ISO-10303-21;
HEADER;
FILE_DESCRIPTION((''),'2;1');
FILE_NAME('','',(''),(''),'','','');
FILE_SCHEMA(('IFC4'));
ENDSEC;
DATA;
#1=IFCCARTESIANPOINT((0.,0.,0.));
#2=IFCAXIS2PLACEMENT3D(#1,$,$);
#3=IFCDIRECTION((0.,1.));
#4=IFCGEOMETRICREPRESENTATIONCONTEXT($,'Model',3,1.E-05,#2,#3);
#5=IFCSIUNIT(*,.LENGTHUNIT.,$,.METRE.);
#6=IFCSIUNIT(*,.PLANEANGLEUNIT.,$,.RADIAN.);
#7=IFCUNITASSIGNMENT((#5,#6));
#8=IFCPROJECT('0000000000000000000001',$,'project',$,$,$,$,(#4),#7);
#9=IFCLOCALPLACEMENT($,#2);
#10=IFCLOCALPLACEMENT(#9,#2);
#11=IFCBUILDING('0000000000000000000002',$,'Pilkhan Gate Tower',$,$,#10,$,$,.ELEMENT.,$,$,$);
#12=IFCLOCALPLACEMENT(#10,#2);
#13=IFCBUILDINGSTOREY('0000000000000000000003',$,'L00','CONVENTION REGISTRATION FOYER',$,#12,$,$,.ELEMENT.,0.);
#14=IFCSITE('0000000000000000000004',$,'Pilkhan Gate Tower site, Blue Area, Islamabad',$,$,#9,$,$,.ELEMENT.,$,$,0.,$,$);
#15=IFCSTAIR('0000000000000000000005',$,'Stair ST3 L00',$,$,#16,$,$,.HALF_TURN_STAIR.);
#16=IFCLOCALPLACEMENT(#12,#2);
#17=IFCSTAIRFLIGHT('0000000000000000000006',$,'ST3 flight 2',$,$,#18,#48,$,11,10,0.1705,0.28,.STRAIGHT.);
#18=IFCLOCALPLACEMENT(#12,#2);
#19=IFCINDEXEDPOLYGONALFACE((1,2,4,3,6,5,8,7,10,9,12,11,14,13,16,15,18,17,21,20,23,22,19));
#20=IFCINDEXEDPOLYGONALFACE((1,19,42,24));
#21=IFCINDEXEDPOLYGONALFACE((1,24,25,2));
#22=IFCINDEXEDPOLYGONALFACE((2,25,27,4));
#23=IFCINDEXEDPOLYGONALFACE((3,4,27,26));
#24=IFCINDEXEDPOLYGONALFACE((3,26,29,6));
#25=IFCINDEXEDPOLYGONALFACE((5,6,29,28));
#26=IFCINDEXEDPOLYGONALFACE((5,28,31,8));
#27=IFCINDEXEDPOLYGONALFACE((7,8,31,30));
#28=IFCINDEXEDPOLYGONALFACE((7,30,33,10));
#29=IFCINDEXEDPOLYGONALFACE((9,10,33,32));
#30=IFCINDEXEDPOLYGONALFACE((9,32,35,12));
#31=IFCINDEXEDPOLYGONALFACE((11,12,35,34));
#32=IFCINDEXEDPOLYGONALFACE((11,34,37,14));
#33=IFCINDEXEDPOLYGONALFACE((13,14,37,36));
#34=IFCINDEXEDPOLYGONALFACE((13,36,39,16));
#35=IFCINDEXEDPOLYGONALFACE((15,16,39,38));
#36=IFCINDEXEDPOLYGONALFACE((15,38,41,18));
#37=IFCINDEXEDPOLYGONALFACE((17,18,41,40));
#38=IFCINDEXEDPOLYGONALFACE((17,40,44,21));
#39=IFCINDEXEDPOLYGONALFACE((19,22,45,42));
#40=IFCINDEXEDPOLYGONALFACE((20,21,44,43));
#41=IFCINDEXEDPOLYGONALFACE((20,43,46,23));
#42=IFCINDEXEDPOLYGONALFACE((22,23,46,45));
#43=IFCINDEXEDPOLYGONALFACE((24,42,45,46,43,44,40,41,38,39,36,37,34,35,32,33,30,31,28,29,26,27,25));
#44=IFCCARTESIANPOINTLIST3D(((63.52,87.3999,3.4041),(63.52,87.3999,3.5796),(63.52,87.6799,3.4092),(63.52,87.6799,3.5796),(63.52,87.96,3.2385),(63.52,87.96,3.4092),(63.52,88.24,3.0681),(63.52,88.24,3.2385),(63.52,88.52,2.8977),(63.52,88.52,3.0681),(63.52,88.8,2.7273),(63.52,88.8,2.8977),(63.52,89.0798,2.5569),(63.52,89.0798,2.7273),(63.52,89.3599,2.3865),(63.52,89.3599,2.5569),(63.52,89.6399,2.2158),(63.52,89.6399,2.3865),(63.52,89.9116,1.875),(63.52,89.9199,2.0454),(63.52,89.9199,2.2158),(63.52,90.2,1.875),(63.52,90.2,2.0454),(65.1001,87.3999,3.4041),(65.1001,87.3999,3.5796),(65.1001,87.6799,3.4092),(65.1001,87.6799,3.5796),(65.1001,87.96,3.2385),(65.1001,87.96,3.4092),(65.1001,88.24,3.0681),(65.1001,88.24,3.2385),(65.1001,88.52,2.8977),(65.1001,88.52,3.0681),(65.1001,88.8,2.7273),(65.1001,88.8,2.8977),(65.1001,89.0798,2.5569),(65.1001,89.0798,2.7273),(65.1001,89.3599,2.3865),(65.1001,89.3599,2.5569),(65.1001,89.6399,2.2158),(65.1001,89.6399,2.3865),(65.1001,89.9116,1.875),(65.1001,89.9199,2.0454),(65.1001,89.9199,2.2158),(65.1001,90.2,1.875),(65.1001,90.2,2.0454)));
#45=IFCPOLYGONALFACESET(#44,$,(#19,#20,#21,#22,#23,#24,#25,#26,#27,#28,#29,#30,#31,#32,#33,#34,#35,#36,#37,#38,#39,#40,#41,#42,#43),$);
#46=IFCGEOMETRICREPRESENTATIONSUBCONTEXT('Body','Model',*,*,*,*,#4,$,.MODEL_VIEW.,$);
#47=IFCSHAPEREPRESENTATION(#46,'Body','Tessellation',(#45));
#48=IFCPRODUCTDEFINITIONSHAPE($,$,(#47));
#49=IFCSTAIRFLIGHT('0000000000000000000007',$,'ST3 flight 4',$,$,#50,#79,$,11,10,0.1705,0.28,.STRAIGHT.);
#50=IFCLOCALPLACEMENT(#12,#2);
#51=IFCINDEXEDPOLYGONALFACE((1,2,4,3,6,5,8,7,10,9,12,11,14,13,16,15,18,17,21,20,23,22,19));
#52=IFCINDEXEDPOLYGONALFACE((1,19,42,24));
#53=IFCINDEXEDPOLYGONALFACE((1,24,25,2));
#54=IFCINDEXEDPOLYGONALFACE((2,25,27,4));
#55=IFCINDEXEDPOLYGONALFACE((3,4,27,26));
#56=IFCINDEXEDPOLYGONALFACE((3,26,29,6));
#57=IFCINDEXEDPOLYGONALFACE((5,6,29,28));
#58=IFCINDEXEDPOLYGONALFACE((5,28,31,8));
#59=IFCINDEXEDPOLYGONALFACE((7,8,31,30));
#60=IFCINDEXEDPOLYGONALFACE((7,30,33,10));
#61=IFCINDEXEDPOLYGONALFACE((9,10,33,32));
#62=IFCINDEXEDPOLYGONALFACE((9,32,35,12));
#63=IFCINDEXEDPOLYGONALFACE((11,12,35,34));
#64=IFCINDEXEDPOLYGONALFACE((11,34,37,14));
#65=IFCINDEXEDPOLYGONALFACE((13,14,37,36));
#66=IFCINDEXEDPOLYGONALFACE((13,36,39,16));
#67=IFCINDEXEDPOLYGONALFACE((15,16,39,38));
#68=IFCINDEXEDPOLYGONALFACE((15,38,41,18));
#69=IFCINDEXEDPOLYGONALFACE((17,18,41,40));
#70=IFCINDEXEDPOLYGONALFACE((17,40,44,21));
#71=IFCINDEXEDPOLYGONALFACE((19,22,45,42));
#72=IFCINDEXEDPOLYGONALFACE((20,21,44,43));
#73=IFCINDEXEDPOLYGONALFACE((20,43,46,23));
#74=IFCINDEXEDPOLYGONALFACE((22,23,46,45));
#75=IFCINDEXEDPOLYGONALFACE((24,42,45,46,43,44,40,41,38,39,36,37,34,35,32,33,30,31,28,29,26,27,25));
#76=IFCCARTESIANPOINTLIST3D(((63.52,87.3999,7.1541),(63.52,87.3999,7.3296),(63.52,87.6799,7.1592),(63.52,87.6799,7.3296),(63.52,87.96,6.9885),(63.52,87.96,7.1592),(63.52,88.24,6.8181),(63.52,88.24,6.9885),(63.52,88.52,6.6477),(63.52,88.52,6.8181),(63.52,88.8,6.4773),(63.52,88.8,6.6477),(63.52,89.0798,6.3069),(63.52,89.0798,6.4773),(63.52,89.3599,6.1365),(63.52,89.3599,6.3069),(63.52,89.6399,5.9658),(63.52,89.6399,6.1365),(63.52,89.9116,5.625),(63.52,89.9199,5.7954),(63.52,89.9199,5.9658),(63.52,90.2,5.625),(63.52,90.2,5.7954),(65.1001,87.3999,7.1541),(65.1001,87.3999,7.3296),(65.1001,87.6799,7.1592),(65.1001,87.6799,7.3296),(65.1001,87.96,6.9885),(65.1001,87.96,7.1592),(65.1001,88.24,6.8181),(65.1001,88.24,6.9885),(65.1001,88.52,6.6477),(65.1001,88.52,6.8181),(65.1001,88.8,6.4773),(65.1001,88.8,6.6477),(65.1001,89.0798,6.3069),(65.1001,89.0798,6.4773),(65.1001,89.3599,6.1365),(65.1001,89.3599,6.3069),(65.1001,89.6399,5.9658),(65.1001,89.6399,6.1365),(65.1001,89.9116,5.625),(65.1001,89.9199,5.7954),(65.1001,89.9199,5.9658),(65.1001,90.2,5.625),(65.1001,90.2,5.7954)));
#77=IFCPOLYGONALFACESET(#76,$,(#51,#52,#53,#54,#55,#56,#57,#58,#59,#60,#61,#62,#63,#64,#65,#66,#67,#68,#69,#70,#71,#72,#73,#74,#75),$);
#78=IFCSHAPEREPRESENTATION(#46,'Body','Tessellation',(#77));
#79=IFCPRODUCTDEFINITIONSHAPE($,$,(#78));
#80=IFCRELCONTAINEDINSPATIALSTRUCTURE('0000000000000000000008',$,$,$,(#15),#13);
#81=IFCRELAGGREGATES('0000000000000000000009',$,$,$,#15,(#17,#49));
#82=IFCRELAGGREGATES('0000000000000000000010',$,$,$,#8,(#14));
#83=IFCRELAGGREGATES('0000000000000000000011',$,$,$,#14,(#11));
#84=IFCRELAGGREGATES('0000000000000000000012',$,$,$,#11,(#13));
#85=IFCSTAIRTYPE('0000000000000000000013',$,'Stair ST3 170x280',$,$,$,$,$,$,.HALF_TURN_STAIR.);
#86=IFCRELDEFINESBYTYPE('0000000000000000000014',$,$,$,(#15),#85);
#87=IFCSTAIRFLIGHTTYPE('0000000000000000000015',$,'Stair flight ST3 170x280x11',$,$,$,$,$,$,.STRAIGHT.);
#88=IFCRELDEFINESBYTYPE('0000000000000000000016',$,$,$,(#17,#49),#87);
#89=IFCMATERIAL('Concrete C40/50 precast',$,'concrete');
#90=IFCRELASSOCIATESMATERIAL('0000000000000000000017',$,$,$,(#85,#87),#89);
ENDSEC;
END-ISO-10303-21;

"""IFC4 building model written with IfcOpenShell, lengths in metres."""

from ifc_helpers import new_model, si_unit, direction, frame, origin, place, context, subcontext, project, spatial, polyline, outline, extrude, material, type_object, element, aggregate, save


model = new_model("IFC4")

# Units and contexts
model_context = context("Model", 3, precision=1e-05, world=origin(), true_north=direction((0.0, 1.0)))
body_context = subcontext(model_context, "Body", "Model", "MODEL_VIEW")
ifc_project = project(units=[si_unit("LENGTHUNIT", "METRE"), si_unit("PLANEANGLEUNIT", "RADIAN")], contexts=[model_context])

# Site, building, storey
site_placement = place(None, origin())
site = spatial("IfcSite", under=ifc_project, at=site_placement, Name="Pilkhan Gate Tower site, Blue Area, Islamabad", CompositionType="ELEMENT", RefElevation=0.0)
building_placement = place(site_placement, origin())
building = spatial("IfcBuilding", under=site, at=building_placement, Name="Pilkhan Gate Tower", CompositionType="ELEMENT")
storey_placement = place(building_placement, origin())
storey = spatial("IfcBuildingStorey", under=building, at=storey_placement, Name="L00", Description="CONVENTION REGISTRATION FOYER", CompositionType="ELEMENT", Elevation=0.0)

# Stair, stair flights
ifc_material_1 = material(Name="Concrete C40/50 precast", Category="concrete")
stair_type = type_object("IfcStairType", Name="Stair ST3 170x280", PredefinedType="HALF_TURN_STAIR", material=ifc_material_1)
stair_placement = place(storey_placement, origin())
stair = element("IfcStair", 1, at=stair_placement, inside=storey, type_object=stair_type, Name="Stair ST3 L00", PredefinedType="HALF_TURN_STAIR")
stair_flight_type = type_object("IfcStairFlightType", Name="Stair flight ST3 170x280x11", PredefinedType="STRAIGHT", material=ifc_material_1)
stair_flight_1_placement = place(storey_placement, frame((64.3101, 90.2, 1.875), z_axis=(0.0, 0.0, 1.0), x_axis=(0.0, -1.0, 0.0)))
stair_flight_1 = element("IfcStairFlight", 2, at=stair_flight_1_placement, type_object=stair_flight_type, Name="ST3 flight 2", NumberOfRisers=11, NumberOfTreads=10, PredefinedType="STRAIGHT", RiserHeight=0.1705, TreadLength=0.28, context=body_context, shape_type="SweptSolid", body=[
    extrude(outline(polyline([(0.0, 0.0), (0.0, 0.1704), (0.28, 0.1704), (0.28, 0.3408), (0.5601, 0.3408), (0.5601, 0.5115), (0.8401, 0.5115), (0.8401, 0.6819), (1.1201, 0.6819), (1.1201, 0.8523), (1.3999, 0.8523), (1.3999, 1.0227), (1.6799, 1.0227), (1.6799, 1.1931), (1.96, 1.1931), (1.96, 1.3635), (2.24, 1.3635), (2.24, 1.5342), (2.52, 1.5342), (2.52, 1.7046), (2.8, 1.7046), (2.8, 1.875), (2.8, 1.5291), (0.2883, 0.0), (0.0, 0.0)])), frame((0.0, 0.79, 0.0), z_axis=(0.0, -1.0, 0.0), x_axis=(1.0, 0.0, 0.0)), (0.0, 0.0, 1.0), 1.5801),
])
stair_flight_2_placement = place(storey_placement, frame((64.3101, 90.2, 5.625), z_axis=(0.0, 0.0, 1.0), x_axis=(0.0, -1.0, 0.0)))
stair_flight_2 = element("IfcStairFlight", 3, at=stair_flight_2_placement, type_object=stair_flight_type, Name="ST3 flight 4", NumberOfRisers=11, NumberOfTreads=10, PredefinedType="STRAIGHT", RiserHeight=0.1705, TreadLength=0.28, context=body_context, shape_type="SweptSolid", body=[
    extrude(outline(polyline([(0.0, 0.0), (0.0, 0.1704), (0.28, 0.1704), (0.28, 0.3408), (0.5601, 0.3408), (0.5601, 0.5115), (0.8401, 0.5115), (0.8401, 0.6819), (1.1201, 0.6819), (1.1201, 0.8523), (1.3999, 0.8523), (1.3999, 1.0227), (1.6799, 1.0227), (1.6799, 1.1931), (1.96, 1.1931), (1.96, 1.3635), (2.24, 1.3635), (2.24, 1.5342), (2.52, 1.5342), (2.52, 1.7046), (2.8, 1.7046), (2.8, 1.875), (2.8, 1.5291), (0.2883, 0.0), (0.0, 0.0)])), frame((0.0, 0.79, 0.0), z_axis=(0.0, -1.0, 0.0), x_axis=(1.0, 0.0, 0.0)), (0.0, 0.0, 1.0), 1.5801),
])
aggregate(stair, [stair_flight_1, stair_flight_2])

save(model, "model.ifc")
